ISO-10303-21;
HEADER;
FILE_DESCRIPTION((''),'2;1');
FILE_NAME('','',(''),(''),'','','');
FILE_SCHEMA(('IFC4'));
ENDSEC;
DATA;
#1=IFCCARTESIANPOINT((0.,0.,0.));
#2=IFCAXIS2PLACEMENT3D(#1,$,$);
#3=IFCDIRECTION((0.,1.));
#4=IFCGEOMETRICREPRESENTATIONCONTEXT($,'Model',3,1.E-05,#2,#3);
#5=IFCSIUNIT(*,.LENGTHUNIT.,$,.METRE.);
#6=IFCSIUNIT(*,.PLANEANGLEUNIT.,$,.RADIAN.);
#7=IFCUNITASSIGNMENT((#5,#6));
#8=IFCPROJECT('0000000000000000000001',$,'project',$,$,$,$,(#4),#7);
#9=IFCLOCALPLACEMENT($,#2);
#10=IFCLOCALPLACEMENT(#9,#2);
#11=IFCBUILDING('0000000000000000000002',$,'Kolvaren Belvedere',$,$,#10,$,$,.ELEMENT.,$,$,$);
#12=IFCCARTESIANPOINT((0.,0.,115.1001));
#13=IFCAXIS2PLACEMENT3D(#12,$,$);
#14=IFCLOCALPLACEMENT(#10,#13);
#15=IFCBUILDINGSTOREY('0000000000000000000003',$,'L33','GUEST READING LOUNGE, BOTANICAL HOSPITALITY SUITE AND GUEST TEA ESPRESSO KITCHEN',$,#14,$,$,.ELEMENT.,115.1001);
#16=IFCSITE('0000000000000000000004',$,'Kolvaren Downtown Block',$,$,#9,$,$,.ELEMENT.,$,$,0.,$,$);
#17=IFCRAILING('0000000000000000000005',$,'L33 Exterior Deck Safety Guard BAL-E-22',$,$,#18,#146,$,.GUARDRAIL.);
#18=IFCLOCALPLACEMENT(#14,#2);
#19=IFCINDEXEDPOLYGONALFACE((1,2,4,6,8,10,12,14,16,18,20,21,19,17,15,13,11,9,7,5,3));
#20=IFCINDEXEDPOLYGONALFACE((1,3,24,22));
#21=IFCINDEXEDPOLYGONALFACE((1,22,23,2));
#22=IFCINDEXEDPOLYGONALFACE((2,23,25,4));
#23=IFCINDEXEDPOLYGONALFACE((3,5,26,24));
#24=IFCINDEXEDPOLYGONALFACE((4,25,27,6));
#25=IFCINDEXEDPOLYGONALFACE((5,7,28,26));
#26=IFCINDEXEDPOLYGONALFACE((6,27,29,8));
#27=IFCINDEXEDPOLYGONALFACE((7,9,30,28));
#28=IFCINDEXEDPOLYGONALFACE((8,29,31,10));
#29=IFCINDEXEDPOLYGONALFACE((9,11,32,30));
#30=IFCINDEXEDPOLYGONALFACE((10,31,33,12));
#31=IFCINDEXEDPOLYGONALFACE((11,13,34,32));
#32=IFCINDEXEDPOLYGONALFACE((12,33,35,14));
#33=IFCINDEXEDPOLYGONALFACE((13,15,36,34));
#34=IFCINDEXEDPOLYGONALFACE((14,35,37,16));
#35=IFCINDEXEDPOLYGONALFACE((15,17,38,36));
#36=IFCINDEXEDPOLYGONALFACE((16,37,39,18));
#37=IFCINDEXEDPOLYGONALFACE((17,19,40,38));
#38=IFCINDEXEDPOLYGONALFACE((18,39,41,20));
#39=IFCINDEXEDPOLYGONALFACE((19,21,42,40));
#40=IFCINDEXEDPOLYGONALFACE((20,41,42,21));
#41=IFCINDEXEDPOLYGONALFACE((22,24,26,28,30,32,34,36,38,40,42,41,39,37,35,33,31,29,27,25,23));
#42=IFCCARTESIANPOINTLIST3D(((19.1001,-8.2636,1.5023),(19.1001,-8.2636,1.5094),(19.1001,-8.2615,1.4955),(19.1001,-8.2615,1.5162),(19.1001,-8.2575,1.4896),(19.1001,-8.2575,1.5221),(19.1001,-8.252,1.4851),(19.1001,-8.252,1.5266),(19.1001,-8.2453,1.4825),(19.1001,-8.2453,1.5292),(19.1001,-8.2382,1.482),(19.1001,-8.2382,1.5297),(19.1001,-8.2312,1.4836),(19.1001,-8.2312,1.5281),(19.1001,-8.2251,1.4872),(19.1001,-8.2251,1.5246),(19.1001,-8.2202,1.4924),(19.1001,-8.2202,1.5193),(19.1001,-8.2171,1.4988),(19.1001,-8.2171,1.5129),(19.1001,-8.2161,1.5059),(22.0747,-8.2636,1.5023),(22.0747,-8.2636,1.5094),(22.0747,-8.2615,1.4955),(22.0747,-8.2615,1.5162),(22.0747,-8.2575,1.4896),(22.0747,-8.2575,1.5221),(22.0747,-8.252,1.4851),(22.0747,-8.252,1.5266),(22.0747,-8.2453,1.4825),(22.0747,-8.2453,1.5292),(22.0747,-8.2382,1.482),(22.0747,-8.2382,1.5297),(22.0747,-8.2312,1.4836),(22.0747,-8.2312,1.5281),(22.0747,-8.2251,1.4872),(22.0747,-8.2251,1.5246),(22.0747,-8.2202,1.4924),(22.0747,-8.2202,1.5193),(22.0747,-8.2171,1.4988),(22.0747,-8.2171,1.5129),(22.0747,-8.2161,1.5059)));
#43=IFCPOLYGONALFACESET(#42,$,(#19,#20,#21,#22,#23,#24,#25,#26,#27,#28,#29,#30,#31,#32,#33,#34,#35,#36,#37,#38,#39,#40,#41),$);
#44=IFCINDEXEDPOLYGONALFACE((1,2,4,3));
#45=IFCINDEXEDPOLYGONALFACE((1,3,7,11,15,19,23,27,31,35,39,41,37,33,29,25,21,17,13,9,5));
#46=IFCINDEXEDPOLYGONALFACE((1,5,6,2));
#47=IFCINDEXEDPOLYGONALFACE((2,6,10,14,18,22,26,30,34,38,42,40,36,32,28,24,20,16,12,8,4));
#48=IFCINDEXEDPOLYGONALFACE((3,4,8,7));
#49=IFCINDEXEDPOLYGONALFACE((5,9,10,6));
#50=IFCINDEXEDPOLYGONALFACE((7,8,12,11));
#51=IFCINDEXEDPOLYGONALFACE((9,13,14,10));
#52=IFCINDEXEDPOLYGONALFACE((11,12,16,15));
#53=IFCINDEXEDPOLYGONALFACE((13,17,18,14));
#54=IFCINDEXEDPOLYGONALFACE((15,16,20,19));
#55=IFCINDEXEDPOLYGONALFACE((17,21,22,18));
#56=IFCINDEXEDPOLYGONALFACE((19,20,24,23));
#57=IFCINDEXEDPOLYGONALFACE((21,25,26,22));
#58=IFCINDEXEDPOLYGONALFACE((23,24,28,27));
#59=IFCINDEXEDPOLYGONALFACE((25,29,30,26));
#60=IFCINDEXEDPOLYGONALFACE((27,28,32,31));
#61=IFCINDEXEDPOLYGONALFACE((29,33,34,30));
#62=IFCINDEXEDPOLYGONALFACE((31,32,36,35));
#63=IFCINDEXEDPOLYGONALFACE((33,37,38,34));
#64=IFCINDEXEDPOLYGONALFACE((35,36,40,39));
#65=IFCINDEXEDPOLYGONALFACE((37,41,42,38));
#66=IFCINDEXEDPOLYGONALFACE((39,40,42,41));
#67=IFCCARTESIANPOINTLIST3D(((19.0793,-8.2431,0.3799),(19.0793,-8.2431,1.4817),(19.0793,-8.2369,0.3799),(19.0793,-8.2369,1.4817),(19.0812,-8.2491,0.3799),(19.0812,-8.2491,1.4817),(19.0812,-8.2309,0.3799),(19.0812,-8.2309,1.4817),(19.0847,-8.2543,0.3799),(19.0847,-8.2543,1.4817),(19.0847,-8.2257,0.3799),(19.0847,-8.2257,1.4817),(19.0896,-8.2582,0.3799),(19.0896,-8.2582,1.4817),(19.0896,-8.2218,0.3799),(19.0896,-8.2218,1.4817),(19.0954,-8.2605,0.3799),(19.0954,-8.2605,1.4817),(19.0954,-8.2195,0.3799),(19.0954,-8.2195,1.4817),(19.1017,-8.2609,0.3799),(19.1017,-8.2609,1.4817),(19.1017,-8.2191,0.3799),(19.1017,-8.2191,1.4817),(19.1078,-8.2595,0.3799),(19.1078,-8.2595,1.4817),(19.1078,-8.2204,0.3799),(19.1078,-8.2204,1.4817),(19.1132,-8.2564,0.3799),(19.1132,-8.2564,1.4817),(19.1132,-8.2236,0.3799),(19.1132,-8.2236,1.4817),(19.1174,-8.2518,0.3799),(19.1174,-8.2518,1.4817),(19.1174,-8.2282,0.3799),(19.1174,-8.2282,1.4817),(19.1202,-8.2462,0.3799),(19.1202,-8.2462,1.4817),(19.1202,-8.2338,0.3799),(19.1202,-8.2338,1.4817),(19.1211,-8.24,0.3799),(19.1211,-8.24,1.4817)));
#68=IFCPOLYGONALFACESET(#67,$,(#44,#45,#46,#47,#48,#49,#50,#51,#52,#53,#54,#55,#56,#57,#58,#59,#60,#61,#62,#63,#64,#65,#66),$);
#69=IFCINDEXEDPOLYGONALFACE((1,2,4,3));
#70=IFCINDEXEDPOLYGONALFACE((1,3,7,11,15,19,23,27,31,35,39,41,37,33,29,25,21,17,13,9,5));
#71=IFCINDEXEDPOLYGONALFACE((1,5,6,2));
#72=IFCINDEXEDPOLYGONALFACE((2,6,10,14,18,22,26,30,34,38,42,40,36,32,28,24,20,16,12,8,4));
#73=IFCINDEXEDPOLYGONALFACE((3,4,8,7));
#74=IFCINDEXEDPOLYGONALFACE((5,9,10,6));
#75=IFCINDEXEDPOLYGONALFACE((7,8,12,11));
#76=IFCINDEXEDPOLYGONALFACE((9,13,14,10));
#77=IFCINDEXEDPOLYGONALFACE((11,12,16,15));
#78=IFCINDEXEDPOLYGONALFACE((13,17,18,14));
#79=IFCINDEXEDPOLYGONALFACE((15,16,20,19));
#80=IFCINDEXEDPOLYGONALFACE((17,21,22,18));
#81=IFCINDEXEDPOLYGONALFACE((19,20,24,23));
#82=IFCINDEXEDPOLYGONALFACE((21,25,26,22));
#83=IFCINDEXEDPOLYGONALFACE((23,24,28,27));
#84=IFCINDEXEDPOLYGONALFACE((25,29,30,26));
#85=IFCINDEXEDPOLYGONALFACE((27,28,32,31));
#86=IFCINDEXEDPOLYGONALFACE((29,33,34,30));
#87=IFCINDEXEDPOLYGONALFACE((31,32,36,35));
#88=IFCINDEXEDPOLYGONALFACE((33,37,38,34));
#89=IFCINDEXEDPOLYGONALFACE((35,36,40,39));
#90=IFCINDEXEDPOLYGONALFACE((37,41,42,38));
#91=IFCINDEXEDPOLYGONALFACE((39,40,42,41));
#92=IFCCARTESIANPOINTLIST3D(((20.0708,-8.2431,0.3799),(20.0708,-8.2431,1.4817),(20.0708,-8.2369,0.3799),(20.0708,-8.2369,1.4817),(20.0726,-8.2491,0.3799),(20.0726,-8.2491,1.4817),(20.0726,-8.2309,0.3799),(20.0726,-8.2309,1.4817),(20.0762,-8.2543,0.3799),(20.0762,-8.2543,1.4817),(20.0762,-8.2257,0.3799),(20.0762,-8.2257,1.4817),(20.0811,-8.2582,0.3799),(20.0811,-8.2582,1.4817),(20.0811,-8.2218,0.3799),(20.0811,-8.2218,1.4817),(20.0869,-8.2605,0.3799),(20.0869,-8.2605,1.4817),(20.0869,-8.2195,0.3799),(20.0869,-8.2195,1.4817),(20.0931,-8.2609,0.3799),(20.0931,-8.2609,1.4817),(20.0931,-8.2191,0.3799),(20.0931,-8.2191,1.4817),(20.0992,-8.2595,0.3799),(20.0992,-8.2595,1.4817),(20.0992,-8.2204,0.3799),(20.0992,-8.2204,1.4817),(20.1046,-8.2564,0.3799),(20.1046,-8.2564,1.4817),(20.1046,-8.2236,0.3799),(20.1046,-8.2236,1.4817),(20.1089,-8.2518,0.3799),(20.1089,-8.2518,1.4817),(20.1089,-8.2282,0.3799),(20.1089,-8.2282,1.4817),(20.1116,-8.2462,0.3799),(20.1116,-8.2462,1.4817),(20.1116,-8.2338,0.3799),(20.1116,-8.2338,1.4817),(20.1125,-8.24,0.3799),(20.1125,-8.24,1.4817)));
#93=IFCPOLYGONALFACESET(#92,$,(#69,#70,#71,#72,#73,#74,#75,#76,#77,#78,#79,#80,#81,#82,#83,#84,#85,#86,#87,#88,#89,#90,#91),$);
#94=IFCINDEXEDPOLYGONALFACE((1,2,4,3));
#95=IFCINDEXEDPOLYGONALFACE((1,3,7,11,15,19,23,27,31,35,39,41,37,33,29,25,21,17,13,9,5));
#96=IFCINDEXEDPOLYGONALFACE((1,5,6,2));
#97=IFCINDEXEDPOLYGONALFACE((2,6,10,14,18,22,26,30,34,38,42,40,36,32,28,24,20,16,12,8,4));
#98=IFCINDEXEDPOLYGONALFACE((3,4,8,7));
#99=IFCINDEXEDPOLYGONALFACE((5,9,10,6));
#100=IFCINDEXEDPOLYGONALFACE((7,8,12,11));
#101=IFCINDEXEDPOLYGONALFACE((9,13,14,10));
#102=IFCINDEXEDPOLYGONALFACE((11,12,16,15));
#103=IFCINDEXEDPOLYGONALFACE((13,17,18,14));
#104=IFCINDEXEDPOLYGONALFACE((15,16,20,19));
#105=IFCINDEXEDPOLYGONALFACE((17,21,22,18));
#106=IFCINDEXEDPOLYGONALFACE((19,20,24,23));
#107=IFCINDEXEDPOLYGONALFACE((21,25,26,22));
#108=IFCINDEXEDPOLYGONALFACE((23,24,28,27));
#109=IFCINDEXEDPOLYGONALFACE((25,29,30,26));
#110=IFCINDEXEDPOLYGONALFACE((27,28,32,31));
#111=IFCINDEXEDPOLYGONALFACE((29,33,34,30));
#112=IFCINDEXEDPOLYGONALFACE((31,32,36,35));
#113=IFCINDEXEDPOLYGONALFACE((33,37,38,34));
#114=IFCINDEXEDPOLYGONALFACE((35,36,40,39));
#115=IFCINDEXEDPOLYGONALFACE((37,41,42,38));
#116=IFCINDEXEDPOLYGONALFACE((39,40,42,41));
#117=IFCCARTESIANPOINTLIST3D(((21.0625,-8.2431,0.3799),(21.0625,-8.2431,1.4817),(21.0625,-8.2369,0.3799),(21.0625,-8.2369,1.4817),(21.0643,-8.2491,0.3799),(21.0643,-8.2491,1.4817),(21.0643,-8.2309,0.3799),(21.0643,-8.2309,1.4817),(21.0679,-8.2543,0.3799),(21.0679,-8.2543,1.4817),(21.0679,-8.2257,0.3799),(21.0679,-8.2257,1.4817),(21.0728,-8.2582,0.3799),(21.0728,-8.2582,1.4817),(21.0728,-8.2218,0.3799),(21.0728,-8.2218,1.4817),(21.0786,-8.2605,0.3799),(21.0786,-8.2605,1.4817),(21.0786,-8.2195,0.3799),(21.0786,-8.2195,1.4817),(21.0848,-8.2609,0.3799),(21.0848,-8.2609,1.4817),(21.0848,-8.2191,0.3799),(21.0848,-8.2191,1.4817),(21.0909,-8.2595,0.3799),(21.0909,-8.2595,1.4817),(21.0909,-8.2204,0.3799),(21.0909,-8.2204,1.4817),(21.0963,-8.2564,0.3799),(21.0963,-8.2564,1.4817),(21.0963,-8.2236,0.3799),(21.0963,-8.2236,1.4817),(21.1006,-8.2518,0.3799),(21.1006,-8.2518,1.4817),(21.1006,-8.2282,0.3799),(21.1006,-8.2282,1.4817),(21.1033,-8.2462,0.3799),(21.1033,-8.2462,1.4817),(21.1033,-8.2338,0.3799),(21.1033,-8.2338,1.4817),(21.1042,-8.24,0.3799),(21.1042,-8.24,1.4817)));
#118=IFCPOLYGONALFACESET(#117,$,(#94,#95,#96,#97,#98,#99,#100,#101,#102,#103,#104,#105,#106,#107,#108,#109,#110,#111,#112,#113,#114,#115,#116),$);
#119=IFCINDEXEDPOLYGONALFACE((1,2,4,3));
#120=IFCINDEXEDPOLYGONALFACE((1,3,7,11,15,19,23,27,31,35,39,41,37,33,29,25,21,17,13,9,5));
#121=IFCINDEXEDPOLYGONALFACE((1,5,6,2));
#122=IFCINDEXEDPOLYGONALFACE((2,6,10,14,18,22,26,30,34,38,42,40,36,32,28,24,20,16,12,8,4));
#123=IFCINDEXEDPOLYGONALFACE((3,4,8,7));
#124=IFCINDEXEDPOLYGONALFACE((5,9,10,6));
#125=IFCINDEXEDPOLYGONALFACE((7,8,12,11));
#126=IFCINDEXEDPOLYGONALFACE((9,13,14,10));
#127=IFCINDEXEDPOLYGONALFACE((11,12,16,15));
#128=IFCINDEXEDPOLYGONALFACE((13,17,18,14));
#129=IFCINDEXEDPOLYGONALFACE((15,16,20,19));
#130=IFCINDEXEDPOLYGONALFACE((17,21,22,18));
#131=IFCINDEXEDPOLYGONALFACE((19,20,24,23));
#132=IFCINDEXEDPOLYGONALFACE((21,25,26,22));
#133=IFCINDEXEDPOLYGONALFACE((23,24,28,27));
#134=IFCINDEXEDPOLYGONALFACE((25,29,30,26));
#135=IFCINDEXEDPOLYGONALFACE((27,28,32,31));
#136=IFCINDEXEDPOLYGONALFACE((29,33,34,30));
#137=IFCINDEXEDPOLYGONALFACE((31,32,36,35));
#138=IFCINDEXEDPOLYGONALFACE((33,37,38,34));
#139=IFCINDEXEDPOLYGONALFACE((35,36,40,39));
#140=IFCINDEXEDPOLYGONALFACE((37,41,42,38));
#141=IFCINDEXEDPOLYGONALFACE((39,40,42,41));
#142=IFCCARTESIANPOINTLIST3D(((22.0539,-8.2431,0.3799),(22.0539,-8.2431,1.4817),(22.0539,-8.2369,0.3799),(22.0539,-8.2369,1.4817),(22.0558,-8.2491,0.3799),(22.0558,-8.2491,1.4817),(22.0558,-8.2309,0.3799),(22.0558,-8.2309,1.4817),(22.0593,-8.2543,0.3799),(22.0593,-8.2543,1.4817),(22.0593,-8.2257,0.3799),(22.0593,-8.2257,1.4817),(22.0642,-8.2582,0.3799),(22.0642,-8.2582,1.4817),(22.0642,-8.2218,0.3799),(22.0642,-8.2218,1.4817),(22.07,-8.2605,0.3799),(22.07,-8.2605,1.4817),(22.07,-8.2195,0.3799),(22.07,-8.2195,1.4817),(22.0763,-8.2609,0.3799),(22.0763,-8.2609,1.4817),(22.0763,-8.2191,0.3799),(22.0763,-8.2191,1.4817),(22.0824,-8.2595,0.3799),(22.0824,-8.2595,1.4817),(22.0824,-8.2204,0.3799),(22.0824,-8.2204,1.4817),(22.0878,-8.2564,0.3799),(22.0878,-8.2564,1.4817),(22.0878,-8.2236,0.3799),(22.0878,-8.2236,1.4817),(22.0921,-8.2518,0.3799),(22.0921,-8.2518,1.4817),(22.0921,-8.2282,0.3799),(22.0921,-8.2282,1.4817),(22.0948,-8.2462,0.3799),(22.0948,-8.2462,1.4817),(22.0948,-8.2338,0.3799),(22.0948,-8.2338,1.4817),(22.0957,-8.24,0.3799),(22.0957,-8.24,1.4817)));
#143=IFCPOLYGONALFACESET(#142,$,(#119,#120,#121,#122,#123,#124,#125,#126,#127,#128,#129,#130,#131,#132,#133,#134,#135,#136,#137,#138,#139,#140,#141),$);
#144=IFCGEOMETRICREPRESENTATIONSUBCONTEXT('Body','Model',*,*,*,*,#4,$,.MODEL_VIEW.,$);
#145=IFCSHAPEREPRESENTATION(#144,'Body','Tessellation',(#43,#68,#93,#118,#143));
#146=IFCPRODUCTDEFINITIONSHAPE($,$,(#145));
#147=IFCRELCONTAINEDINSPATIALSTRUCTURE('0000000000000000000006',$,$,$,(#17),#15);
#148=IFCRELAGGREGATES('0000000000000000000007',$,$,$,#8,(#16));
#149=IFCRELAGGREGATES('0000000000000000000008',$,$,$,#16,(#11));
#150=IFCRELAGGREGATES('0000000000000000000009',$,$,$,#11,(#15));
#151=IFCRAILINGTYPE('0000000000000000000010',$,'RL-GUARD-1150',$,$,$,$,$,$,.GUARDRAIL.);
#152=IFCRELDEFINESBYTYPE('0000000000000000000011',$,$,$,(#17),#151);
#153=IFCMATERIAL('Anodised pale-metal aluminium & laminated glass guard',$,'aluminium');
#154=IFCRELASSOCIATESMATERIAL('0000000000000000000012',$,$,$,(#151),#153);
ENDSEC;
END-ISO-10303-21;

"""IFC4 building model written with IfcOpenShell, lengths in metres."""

from ifc_helpers import new_model, si_unit, direction, frame, origin, origin_2d, place, context, subcontext, project, spatial, circle, extrude, material, type_object, element, save


model = new_model("IFC4")

# Units and contexts
model_context = context("Model", 3, precision=1e-05, world=origin(), true_north=direction((0.0, 1.0)))
body_context = subcontext(model_context, "Body", "Model", "MODEL_VIEW")
ifc_project = project(units=[si_unit("LENGTHUNIT", "METRE"), si_unit("PLANEANGLEUNIT", "RADIAN")], contexts=[model_context])

# Site, building, storey
site_placement = place(None, origin())
site = spatial("IfcSite", under=ifc_project, at=site_placement, Name="Kolvaren Downtown Block", CompositionType="ELEMENT", RefElevation=0.0)
building_placement = place(site_placement, origin())
building = spatial("IfcBuilding", under=site, at=building_placement, Name="Kolvaren Belvedere", CompositionType="ELEMENT")
storey_placement = place(building_placement, frame((0.0, 0.0, 115.1001)))
storey = spatial("IfcBuildingStorey", under=building, at=storey_placement, Name="L33", Description="GUEST READING LOUNGE, BOTANICAL HOSPITALITY SUITE AND GUEST TEA ESPRESSO KITCHEN", CompositionType="ELEMENT", Elevation=115.1001)

# Railing
ifc_material_1 = material(Name="Anodised pale-metal aluminium & laminated glass guard", Category="aluminium")
railing_type = type_object("IfcRailingType", Name="RL-GUARD-1150", PredefinedType="GUARDRAIL", material=ifc_material_1)
railing_1_placement = place(storey_placement, frame((19.1001, -8.24, 0.3799)))
element("IfcRailing", 1, at=railing_1_placement, inside=storey, type_object=railing_type, Name="L33 Exterior Deck Safety Guard BAL-E-22", PredefinedType="GUARDRAIL", context=body_context, shape_type="SweptSolid", body=[
    extrude(circle(Radius=0.0239, at=origin_2d()), frame((0.0, 0.0, 1.126), z_axis=(1.0, 0.0, 0.0), x_axis=(0.0, 1.0, 0.0)), (0.0, 0.0, 1.0), 2.9746),
    extrude(circle(Radius=0.021, at=origin_2d()), origin(), (0.0, 0.0, 1.0), 1.1018),
    extrude(circle(Radius=0.021, at=origin_2d()), frame((0.9915, 0.0, 0.0)), (0.0, 0.0, 1.0), 1.1018),
    extrude(circle(Radius=0.021, at=origin_2d()), frame((1.9832, 0.0, 0.0)), (0.0, 0.0, 1.0), 1.1018),
    extrude(circle(Radius=0.021, at=origin_2d()), frame((2.9746, 0.0, 0.0)), (0.0, 0.0, 1.0), 1.1018),
])

save(model, "model.ifc")
